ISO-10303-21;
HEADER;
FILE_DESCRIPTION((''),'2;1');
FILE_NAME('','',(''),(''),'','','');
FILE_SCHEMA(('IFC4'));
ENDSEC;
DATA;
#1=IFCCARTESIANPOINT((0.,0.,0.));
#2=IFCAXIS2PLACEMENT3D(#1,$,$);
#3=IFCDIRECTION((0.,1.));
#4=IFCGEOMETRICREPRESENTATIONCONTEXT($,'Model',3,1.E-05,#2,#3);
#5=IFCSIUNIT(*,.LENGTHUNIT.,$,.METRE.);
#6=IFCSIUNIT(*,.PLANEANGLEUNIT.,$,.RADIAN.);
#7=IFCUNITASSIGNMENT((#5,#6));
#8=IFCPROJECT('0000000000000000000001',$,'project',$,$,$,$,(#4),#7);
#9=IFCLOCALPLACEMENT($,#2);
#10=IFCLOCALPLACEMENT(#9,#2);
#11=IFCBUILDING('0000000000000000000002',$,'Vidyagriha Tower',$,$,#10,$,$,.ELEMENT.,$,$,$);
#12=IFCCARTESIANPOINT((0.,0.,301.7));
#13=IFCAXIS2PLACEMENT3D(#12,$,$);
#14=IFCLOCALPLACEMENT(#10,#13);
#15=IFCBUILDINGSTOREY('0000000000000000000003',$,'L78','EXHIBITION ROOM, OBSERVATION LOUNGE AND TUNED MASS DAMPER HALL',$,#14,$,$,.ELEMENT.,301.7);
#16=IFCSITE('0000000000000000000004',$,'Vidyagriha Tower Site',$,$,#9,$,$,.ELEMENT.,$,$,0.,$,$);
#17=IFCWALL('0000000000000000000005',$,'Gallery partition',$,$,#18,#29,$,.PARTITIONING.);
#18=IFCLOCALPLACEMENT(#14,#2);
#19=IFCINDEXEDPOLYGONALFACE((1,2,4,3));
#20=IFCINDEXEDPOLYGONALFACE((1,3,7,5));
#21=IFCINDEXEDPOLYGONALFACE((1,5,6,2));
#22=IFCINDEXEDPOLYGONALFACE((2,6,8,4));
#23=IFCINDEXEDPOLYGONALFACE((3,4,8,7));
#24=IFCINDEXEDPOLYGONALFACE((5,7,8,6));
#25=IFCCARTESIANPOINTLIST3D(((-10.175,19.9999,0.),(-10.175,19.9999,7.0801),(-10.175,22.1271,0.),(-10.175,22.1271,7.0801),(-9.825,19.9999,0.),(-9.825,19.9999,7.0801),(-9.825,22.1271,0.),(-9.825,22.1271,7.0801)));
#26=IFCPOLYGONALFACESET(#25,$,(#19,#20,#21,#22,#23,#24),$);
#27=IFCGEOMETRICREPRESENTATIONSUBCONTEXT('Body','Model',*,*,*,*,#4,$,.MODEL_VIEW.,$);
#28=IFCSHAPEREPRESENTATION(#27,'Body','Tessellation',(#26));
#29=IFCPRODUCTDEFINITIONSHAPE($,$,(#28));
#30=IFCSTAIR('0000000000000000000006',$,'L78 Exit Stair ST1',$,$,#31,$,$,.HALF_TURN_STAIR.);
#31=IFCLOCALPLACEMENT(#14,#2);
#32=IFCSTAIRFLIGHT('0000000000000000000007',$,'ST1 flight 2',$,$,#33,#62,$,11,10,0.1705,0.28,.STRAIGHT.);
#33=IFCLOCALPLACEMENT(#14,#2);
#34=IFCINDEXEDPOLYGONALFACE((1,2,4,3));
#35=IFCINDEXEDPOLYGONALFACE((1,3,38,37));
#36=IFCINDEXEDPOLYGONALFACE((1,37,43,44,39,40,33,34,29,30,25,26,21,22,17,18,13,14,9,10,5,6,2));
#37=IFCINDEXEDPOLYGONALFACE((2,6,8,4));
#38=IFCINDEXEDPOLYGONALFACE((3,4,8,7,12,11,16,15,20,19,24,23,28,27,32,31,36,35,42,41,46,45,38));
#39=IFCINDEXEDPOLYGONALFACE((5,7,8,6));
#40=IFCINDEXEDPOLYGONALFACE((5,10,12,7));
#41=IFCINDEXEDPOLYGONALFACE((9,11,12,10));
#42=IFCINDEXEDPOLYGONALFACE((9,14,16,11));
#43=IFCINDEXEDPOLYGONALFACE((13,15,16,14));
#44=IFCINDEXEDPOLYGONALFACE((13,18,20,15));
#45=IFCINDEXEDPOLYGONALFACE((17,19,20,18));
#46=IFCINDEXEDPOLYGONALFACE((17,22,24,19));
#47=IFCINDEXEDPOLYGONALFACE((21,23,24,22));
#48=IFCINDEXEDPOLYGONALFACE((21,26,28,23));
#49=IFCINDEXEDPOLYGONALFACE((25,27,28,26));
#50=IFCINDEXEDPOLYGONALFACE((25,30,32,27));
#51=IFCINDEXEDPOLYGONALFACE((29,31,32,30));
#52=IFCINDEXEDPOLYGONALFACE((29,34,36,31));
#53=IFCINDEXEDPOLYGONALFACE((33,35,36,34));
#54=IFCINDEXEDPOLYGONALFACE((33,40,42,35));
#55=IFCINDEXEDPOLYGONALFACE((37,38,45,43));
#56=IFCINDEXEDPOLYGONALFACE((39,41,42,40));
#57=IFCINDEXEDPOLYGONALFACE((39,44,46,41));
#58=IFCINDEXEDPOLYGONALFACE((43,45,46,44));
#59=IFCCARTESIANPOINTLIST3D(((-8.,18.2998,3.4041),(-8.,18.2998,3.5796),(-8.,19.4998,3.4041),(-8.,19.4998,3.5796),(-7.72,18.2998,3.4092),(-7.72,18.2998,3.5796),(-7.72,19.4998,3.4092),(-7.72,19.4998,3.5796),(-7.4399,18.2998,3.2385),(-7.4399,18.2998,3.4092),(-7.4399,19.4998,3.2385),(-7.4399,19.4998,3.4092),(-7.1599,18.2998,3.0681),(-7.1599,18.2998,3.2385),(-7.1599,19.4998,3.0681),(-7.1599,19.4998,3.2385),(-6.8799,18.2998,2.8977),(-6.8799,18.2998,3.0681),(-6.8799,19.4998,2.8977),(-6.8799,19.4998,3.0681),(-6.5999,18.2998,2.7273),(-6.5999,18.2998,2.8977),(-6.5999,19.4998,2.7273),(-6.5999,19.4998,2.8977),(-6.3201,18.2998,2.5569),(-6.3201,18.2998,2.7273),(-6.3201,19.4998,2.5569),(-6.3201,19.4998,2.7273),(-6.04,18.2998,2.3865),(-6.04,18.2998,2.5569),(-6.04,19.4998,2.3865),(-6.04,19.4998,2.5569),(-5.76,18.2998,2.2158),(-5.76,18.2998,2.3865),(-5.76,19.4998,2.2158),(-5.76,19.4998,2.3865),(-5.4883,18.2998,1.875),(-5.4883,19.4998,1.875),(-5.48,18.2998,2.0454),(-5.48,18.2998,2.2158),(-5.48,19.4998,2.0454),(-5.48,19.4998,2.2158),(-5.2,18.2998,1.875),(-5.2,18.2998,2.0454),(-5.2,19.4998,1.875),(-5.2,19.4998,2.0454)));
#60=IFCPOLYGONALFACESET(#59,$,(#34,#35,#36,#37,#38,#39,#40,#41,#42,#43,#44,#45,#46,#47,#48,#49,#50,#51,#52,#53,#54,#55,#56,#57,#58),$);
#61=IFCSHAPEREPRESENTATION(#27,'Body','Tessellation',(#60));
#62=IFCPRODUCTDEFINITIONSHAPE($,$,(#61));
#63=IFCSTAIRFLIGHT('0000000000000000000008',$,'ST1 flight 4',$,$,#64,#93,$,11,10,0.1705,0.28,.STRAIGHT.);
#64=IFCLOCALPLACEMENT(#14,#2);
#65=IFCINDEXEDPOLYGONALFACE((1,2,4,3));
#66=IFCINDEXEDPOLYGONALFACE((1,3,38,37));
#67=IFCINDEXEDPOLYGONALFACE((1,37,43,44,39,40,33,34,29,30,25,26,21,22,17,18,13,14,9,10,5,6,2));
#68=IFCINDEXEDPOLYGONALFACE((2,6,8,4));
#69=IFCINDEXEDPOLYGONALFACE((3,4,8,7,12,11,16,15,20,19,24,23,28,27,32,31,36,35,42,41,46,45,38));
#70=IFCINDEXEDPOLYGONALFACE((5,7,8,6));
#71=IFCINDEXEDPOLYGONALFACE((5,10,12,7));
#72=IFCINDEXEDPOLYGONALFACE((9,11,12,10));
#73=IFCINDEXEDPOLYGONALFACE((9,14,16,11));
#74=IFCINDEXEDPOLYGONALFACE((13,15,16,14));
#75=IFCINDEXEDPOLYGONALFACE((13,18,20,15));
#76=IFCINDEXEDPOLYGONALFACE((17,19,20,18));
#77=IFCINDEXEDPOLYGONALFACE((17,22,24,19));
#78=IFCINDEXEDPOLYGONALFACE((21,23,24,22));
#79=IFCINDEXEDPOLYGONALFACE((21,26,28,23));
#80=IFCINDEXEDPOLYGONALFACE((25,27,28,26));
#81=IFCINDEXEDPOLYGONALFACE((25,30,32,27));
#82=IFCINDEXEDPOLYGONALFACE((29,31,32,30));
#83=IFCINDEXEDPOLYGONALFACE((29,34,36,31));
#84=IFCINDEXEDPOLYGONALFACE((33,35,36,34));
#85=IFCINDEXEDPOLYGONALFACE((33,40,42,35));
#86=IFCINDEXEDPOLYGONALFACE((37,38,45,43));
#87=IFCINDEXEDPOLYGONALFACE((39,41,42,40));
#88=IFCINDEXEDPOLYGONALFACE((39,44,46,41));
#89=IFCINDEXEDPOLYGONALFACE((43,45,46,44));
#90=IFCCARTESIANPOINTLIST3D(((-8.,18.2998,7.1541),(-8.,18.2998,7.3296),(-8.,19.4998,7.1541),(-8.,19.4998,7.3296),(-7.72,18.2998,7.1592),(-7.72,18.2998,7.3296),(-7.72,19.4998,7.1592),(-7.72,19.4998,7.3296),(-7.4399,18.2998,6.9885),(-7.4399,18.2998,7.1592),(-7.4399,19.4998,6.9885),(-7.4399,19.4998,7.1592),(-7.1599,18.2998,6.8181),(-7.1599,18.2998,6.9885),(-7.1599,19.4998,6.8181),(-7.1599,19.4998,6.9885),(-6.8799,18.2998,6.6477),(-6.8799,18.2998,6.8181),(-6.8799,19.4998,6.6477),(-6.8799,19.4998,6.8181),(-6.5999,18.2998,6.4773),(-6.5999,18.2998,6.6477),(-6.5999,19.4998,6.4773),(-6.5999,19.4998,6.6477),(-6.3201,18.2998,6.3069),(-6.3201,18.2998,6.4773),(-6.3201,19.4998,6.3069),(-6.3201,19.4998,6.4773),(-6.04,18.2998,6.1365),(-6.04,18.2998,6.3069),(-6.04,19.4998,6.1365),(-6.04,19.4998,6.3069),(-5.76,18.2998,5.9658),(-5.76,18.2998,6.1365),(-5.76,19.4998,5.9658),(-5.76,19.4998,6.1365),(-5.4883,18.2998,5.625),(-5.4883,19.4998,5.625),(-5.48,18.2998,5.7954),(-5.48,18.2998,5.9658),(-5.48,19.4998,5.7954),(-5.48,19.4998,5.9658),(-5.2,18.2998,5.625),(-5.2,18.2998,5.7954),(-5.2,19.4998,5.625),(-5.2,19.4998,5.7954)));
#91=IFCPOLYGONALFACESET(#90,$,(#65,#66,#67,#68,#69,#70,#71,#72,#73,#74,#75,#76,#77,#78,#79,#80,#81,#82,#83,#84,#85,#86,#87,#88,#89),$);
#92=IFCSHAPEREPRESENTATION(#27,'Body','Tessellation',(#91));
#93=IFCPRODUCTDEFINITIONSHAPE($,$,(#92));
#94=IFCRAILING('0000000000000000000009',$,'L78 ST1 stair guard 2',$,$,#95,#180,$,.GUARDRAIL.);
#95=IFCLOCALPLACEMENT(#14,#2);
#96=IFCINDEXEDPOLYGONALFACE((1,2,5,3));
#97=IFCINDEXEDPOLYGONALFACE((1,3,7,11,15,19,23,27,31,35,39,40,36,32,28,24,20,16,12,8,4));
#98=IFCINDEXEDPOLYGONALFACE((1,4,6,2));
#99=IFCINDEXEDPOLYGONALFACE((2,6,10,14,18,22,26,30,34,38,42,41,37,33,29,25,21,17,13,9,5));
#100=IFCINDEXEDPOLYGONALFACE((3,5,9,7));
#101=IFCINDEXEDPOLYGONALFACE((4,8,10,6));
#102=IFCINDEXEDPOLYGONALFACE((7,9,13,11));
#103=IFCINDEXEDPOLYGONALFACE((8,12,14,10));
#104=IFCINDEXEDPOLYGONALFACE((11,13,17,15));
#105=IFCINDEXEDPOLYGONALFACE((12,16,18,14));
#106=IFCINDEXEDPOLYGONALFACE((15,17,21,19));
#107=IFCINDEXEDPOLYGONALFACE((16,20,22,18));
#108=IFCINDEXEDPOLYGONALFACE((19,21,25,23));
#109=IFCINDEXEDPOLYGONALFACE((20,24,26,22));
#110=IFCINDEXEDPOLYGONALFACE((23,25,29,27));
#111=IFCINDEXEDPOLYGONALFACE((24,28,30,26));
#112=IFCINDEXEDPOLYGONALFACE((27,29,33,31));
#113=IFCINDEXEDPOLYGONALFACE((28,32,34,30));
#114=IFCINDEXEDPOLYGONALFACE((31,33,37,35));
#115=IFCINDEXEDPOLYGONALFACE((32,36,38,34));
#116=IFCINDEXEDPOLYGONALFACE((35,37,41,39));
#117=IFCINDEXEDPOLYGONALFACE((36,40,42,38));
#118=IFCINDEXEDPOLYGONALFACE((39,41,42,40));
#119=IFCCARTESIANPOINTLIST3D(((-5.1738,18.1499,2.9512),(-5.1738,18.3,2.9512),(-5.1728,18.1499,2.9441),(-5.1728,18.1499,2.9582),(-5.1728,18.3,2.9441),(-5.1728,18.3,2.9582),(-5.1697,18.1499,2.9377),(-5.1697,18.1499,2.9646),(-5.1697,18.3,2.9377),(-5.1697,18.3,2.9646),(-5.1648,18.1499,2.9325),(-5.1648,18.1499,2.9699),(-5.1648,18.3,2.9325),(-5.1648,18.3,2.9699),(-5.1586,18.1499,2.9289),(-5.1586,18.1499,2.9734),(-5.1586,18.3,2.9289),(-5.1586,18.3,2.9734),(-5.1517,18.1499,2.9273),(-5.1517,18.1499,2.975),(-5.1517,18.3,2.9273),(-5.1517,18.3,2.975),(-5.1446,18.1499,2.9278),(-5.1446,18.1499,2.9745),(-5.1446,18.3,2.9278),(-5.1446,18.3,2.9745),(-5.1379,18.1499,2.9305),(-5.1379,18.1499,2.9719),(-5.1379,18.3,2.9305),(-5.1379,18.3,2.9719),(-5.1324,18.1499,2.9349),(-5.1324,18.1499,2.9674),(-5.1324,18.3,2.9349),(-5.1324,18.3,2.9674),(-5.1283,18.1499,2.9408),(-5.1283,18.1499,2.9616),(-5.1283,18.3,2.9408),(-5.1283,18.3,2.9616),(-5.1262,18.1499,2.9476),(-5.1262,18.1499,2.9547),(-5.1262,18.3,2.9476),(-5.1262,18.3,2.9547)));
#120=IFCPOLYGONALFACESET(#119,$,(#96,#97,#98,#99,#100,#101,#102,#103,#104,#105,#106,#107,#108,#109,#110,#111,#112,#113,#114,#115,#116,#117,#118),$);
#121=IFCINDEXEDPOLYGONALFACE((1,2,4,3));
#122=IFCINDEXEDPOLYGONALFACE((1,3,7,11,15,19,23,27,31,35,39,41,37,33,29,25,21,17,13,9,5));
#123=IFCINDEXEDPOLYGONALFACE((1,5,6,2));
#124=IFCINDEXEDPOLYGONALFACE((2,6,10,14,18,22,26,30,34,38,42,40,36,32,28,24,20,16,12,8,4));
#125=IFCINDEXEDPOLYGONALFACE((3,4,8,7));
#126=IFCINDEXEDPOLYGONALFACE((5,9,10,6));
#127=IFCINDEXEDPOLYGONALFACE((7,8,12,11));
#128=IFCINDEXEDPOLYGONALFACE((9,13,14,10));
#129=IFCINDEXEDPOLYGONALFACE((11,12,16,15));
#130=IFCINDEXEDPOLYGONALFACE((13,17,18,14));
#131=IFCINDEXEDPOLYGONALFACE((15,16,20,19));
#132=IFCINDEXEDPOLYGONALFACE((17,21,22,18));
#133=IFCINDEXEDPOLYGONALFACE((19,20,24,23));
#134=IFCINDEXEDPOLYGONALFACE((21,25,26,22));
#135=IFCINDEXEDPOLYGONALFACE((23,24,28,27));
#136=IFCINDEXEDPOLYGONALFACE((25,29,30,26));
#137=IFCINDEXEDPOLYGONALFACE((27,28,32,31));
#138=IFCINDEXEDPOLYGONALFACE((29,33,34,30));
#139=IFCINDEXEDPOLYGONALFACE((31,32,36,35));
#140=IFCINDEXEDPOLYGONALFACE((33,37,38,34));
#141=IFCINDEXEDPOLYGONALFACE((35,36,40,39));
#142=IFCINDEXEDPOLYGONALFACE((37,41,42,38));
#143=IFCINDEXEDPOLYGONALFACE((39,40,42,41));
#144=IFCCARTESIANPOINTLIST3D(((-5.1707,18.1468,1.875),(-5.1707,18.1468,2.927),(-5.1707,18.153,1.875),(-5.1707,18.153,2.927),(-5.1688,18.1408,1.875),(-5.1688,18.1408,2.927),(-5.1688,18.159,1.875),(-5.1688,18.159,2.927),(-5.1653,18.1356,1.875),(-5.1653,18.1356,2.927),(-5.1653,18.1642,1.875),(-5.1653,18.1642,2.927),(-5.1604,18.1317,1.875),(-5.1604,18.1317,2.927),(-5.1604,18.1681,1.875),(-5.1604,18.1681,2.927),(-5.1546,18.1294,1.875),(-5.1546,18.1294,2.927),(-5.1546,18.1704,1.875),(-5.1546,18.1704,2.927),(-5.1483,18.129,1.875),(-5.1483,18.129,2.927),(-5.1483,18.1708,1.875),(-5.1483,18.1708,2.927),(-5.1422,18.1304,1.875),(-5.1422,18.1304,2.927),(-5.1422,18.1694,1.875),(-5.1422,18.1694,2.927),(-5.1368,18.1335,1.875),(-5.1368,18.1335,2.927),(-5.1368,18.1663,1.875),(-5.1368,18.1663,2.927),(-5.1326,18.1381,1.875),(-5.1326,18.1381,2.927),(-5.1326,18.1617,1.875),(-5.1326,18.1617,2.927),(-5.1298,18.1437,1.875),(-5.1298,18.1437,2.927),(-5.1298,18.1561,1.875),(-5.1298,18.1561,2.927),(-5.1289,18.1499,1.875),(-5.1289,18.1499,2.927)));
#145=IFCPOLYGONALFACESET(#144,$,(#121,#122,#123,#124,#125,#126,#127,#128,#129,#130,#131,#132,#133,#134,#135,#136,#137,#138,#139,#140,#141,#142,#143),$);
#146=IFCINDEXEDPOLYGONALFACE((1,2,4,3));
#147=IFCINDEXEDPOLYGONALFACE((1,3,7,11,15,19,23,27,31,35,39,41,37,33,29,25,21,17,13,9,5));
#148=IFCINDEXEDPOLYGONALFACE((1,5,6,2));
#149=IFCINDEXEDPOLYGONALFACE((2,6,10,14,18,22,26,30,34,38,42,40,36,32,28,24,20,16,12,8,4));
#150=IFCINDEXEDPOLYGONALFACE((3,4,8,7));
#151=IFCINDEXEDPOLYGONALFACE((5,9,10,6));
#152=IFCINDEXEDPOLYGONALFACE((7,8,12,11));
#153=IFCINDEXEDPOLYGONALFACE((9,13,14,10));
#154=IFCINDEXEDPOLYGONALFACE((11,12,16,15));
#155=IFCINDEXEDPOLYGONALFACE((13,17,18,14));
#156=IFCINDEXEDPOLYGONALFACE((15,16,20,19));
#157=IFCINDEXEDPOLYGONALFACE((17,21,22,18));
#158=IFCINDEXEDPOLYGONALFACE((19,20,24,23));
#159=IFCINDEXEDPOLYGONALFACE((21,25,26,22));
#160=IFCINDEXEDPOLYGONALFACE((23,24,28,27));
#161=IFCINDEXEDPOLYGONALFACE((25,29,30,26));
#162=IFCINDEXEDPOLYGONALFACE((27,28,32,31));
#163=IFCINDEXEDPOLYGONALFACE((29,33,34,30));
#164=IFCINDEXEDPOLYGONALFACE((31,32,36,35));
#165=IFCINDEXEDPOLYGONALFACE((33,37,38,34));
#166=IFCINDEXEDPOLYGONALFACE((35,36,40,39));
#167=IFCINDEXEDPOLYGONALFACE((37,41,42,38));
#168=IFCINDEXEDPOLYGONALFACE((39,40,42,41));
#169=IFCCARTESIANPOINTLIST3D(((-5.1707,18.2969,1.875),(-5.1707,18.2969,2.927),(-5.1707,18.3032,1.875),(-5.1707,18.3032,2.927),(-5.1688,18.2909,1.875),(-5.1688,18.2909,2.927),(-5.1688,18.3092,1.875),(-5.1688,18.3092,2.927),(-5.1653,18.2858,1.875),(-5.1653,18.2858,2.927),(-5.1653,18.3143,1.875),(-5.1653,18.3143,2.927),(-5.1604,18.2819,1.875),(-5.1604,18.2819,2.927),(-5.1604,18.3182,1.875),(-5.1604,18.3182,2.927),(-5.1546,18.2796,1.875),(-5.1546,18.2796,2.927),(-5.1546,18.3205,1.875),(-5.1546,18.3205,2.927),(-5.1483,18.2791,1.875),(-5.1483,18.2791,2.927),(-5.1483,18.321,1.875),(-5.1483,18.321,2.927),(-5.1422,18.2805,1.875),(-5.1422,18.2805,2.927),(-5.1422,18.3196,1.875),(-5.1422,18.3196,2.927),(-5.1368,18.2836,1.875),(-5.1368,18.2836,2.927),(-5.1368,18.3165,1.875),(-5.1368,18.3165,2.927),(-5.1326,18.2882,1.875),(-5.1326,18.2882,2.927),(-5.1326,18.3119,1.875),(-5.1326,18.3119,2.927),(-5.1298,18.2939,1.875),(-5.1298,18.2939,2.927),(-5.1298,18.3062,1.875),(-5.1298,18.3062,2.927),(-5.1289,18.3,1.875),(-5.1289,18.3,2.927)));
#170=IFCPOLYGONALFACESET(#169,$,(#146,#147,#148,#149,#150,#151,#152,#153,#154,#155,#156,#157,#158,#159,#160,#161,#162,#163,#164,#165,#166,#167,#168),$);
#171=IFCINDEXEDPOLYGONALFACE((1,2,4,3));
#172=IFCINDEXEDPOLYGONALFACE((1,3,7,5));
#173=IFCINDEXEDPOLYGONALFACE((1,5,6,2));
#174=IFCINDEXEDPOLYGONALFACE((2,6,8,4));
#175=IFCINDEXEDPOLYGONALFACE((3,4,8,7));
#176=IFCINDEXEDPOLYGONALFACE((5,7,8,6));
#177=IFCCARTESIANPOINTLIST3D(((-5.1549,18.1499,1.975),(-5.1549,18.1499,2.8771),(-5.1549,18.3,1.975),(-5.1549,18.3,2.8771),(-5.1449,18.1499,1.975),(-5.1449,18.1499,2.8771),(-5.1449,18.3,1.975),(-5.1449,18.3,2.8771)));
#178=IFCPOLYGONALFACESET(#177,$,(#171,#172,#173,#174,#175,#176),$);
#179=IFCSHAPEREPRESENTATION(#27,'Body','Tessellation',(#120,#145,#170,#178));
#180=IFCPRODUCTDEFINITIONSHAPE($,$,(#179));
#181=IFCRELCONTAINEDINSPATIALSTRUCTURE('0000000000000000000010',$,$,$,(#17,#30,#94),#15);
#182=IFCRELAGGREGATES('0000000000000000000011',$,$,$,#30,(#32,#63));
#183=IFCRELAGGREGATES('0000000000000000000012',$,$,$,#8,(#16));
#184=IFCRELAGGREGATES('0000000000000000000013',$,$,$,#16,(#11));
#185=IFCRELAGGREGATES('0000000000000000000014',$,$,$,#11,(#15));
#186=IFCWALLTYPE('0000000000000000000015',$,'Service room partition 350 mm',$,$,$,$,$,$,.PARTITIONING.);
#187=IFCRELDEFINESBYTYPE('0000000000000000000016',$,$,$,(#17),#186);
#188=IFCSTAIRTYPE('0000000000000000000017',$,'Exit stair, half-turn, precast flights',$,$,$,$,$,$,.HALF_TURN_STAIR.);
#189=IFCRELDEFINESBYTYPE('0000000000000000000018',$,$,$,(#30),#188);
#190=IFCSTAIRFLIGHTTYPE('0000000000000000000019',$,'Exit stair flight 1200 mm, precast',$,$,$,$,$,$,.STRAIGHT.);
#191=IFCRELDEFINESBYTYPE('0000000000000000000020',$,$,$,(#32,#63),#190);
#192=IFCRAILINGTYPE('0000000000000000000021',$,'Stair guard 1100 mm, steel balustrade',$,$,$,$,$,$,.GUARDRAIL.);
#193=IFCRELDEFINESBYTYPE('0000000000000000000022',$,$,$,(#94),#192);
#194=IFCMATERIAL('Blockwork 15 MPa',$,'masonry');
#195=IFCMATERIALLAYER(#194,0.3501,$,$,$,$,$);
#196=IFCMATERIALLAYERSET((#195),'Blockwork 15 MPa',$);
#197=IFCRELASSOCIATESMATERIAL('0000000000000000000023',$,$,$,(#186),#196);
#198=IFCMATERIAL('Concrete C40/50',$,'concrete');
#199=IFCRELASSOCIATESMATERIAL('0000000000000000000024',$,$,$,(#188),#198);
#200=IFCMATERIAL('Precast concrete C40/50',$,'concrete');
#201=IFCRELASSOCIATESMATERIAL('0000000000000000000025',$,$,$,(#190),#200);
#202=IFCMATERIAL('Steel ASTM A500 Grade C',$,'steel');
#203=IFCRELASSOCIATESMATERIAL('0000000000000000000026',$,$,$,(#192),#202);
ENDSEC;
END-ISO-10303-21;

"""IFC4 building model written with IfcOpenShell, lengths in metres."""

from ifc_helpers import new_model, si_unit, direction, frame, frame_2d, origin, origin_2d, place, context, subcontext, project, spatial, polyline, rectangle, circle, outline, extrude, material, layer, layer_set, type_object, element, aggregate, save


model = new_model("IFC4")

# Units and contexts
model_context = context("Model", 3, precision=1e-05, world=origin(), true_north=direction((0.0, 1.0)))
body_context = subcontext(model_context, "Body", "Model", "MODEL_VIEW")
ifc_project = project(units=[si_unit("LENGTHUNIT", "METRE"), si_unit("PLANEANGLEUNIT", "RADIAN")], contexts=[model_context])

# Site, building, storey
site_placement = place(None, origin())
site = spatial("IfcSite", under=ifc_project, at=site_placement, Name="Vidyagriha Tower Site", CompositionType="ELEMENT", RefElevation=0.0)
building_placement = place(site_placement, origin())
building = spatial("IfcBuilding", under=site, at=building_placement, Name="Vidyagriha Tower", CompositionType="ELEMENT")
storey_placement = place(building_placement, frame((0.0, 0.0, 301.7)))
storey = spatial("IfcBuildingStorey", under=building, at=storey_placement, Name="L78", Description="EXHIBITION ROOM, OBSERVATION LOUNGE AND TUNED MASS DAMPER HALL", CompositionType="ELEMENT", Elevation=301.7)

# Wall
ifc_material_1 = material(Name="Blockwork 15 MPa", Category="masonry")
ifc_layer_1 = layer(ifc_material_1, 0.3501)
ifc_layer_set_1 = layer_set([ifc_layer_1], Name="Blockwork 15 MPa")
wall_type_1 = type_object("IfcWallType", Name="Service room partition 350 mm", PredefinedType="PARTITIONING", material=ifc_layer_set_1)
wall_1_placement = place(storey_placement, frame((-10.0, 20.0, 0.0), z_axis=(0.0, 0.0, 1.0), x_axis=(0.0, 1.0, 0.0)))
element("IfcWall", 1, at=wall_1_placement, inside=storey, type_object=wall_type_1, Name="Gallery partition", PredefinedType="PARTITIONING", context=body_context, shape_type="SweptSolid", body=[
    extrude(rectangle(XDim=2.1272, YDim=0.3501, at=frame_2d((1.0635, 0.0))), origin(), (0.0, 0.0, 1.0), 7.0801),
])

# Stair, stair flights
ifc_material_2 = material(Name="Concrete C40/50", Category="concrete")
stair_type = type_object("IfcStairType", Name="Exit stair, half-turn, precast flights", PredefinedType="HALF_TURN_STAIR", material=ifc_material_2)
stair_placement = place(storey_placement, origin())
stair = element("IfcStair", 2, at=stair_placement, inside=storey, type_object=stair_type, Name="L78 Exit Stair ST1", PredefinedType="HALF_TURN_STAIR")
ifc_material_3 = material(Name="Precast concrete C40/50", Category="concrete")
stair_flight_type = type_object("IfcStairFlightType", Name="Exit stair flight 1200 mm, precast", PredefinedType="STRAIGHT", material=ifc_material_3)
stair_flight_1_placement = place(storey_placement, frame((-5.2, 18.8999, 1.875), z_axis=(0.0, 0.0, 1.0), x_axis=(-1.0, 0.0, 0.0)))
stair_flight_1 = element("IfcStairFlight", 3, at=stair_flight_1_placement, type_object=stair_flight_type, Name="ST1 flight 2", NumberOfRisers=11, NumberOfTreads=10, PredefinedType="STRAIGHT", RiserHeight=0.1705, TreadLength=0.28, context=body_context, shape_type="SweptSolid", body=[
    extrude(outline(polyline([(0.0, 0.0), (0.0, 0.1704), (0.28, 0.1704), (0.28, 0.3408), (0.5601, 0.3408), (0.5601, 0.5115), (0.8401, 0.5115), (0.8401, 0.6819), (1.1201, 0.6819), (1.1201, 0.8523), (1.3999, 0.8523), (1.3999, 1.0227), (1.6799, 1.0227), (1.6799, 1.1931), (1.96, 1.1931), (1.96, 1.3635), (2.24, 1.3635), (2.24, 1.5342), (2.52, 1.5342), (2.52, 1.7046), (2.8, 1.7046), (2.8, 1.875), (2.8, 1.5291), (0.2883, 0.0), (0.0, 0.0)])), frame((0.0, 0.6001, 0.0), z_axis=(0.0, -1.0, 0.0), x_axis=(1.0, 0.0, 0.0)), (0.0, 0.0, 1.0), 1.2),
])
stair_flight_2_placement = place(storey_placement, frame((-5.2, 18.8999, 5.625), z_axis=(0.0, 0.0, 1.0), x_axis=(-1.0, 0.0, 0.0)))
stair_flight_2 = element("IfcStairFlight", 4, at=stair_flight_2_placement, type_object=stair_flight_type, Name="ST1 flight 4", NumberOfRisers=11, NumberOfTreads=10, PredefinedType="STRAIGHT", RiserHeight=0.1705, TreadLength=0.28, context=body_context, shape_type="SweptSolid", body=[
    extrude(outline(polyline([(0.0, 0.0), (0.0, 0.1704), (0.28, 0.1704), (0.28, 0.3408), (0.5601, 0.3408), (0.5601, 0.5115), (0.8401, 0.5115), (0.8401, 0.6819), (1.1201, 0.6819), (1.1201, 0.8523), (1.3999, 0.8523), (1.3999, 1.0227), (1.6799, 1.0227), (1.6799, 1.1931), (1.96, 1.1931), (1.96, 1.3635), (2.24, 1.3635), (2.24, 1.5342), (2.52, 1.5342), (2.52, 1.7046), (2.8, 1.7046), (2.8, 1.875), (2.8, 1.5291), (0.2883, 0.0), (0.0, 0.0)])), frame((0.0, 0.6001, 0.0), z_axis=(0.0, -1.0, 0.0), x_axis=(1.0, 0.0, 0.0)), (0.0, 0.0, 1.0), 1.2),
])
aggregate(stair, [stair_flight_1, stair_flight_2])

# Railing
ifc_material_4 = material(Name="Steel ASTM A500 Grade C", Category="steel")
railing_type_1 = type_object("IfcRailingType", Name="Stair guard 1100 mm, steel balustrade", PredefinedType="GUARDRAIL", material=ifc_material_4)
railing_1_placement = place(storey_placement, frame((-5.1499, 18.1499, 1.875)))
element("IfcRailing", 5, at=railing_1_placement, inside=storey, type_object=railing_type_1, Name="L78 ST1 stair guard 2", PredefinedType="GUARDRAIL", context=body_context, shape_type="SweptSolid", body=[
    extrude(circle(Radius=0.0239, at=origin_2d()), frame((0.0, 0.0, 1.0762), z_axis=(0.0, 1.0, 0.0), x_axis=(-1.0, 0.0, 0.0)), (0.0, 0.0, 1.0), 0.1501),
    extrude(circle(Radius=0.021, at=origin_2d()), origin(), (0.0, 0.0, 1.0), 1.052),
    extrude(circle(Radius=0.021, at=origin_2d()), frame((0.0, 0.1501, 0.0)), (0.0, 0.0, 1.0), 1.052),
    extrude(rectangle(XDim=0.01, YDim=0.9021, at=origin_2d()), frame((0.0, 0.0, 0.551), z_axis=(0.0, 1.0, 0.0), x_axis=(-1.0, 0.0, 0.0)), (0.0, 0.0, 1.0), 0.1501),
])

save(model, "model.ifc")
